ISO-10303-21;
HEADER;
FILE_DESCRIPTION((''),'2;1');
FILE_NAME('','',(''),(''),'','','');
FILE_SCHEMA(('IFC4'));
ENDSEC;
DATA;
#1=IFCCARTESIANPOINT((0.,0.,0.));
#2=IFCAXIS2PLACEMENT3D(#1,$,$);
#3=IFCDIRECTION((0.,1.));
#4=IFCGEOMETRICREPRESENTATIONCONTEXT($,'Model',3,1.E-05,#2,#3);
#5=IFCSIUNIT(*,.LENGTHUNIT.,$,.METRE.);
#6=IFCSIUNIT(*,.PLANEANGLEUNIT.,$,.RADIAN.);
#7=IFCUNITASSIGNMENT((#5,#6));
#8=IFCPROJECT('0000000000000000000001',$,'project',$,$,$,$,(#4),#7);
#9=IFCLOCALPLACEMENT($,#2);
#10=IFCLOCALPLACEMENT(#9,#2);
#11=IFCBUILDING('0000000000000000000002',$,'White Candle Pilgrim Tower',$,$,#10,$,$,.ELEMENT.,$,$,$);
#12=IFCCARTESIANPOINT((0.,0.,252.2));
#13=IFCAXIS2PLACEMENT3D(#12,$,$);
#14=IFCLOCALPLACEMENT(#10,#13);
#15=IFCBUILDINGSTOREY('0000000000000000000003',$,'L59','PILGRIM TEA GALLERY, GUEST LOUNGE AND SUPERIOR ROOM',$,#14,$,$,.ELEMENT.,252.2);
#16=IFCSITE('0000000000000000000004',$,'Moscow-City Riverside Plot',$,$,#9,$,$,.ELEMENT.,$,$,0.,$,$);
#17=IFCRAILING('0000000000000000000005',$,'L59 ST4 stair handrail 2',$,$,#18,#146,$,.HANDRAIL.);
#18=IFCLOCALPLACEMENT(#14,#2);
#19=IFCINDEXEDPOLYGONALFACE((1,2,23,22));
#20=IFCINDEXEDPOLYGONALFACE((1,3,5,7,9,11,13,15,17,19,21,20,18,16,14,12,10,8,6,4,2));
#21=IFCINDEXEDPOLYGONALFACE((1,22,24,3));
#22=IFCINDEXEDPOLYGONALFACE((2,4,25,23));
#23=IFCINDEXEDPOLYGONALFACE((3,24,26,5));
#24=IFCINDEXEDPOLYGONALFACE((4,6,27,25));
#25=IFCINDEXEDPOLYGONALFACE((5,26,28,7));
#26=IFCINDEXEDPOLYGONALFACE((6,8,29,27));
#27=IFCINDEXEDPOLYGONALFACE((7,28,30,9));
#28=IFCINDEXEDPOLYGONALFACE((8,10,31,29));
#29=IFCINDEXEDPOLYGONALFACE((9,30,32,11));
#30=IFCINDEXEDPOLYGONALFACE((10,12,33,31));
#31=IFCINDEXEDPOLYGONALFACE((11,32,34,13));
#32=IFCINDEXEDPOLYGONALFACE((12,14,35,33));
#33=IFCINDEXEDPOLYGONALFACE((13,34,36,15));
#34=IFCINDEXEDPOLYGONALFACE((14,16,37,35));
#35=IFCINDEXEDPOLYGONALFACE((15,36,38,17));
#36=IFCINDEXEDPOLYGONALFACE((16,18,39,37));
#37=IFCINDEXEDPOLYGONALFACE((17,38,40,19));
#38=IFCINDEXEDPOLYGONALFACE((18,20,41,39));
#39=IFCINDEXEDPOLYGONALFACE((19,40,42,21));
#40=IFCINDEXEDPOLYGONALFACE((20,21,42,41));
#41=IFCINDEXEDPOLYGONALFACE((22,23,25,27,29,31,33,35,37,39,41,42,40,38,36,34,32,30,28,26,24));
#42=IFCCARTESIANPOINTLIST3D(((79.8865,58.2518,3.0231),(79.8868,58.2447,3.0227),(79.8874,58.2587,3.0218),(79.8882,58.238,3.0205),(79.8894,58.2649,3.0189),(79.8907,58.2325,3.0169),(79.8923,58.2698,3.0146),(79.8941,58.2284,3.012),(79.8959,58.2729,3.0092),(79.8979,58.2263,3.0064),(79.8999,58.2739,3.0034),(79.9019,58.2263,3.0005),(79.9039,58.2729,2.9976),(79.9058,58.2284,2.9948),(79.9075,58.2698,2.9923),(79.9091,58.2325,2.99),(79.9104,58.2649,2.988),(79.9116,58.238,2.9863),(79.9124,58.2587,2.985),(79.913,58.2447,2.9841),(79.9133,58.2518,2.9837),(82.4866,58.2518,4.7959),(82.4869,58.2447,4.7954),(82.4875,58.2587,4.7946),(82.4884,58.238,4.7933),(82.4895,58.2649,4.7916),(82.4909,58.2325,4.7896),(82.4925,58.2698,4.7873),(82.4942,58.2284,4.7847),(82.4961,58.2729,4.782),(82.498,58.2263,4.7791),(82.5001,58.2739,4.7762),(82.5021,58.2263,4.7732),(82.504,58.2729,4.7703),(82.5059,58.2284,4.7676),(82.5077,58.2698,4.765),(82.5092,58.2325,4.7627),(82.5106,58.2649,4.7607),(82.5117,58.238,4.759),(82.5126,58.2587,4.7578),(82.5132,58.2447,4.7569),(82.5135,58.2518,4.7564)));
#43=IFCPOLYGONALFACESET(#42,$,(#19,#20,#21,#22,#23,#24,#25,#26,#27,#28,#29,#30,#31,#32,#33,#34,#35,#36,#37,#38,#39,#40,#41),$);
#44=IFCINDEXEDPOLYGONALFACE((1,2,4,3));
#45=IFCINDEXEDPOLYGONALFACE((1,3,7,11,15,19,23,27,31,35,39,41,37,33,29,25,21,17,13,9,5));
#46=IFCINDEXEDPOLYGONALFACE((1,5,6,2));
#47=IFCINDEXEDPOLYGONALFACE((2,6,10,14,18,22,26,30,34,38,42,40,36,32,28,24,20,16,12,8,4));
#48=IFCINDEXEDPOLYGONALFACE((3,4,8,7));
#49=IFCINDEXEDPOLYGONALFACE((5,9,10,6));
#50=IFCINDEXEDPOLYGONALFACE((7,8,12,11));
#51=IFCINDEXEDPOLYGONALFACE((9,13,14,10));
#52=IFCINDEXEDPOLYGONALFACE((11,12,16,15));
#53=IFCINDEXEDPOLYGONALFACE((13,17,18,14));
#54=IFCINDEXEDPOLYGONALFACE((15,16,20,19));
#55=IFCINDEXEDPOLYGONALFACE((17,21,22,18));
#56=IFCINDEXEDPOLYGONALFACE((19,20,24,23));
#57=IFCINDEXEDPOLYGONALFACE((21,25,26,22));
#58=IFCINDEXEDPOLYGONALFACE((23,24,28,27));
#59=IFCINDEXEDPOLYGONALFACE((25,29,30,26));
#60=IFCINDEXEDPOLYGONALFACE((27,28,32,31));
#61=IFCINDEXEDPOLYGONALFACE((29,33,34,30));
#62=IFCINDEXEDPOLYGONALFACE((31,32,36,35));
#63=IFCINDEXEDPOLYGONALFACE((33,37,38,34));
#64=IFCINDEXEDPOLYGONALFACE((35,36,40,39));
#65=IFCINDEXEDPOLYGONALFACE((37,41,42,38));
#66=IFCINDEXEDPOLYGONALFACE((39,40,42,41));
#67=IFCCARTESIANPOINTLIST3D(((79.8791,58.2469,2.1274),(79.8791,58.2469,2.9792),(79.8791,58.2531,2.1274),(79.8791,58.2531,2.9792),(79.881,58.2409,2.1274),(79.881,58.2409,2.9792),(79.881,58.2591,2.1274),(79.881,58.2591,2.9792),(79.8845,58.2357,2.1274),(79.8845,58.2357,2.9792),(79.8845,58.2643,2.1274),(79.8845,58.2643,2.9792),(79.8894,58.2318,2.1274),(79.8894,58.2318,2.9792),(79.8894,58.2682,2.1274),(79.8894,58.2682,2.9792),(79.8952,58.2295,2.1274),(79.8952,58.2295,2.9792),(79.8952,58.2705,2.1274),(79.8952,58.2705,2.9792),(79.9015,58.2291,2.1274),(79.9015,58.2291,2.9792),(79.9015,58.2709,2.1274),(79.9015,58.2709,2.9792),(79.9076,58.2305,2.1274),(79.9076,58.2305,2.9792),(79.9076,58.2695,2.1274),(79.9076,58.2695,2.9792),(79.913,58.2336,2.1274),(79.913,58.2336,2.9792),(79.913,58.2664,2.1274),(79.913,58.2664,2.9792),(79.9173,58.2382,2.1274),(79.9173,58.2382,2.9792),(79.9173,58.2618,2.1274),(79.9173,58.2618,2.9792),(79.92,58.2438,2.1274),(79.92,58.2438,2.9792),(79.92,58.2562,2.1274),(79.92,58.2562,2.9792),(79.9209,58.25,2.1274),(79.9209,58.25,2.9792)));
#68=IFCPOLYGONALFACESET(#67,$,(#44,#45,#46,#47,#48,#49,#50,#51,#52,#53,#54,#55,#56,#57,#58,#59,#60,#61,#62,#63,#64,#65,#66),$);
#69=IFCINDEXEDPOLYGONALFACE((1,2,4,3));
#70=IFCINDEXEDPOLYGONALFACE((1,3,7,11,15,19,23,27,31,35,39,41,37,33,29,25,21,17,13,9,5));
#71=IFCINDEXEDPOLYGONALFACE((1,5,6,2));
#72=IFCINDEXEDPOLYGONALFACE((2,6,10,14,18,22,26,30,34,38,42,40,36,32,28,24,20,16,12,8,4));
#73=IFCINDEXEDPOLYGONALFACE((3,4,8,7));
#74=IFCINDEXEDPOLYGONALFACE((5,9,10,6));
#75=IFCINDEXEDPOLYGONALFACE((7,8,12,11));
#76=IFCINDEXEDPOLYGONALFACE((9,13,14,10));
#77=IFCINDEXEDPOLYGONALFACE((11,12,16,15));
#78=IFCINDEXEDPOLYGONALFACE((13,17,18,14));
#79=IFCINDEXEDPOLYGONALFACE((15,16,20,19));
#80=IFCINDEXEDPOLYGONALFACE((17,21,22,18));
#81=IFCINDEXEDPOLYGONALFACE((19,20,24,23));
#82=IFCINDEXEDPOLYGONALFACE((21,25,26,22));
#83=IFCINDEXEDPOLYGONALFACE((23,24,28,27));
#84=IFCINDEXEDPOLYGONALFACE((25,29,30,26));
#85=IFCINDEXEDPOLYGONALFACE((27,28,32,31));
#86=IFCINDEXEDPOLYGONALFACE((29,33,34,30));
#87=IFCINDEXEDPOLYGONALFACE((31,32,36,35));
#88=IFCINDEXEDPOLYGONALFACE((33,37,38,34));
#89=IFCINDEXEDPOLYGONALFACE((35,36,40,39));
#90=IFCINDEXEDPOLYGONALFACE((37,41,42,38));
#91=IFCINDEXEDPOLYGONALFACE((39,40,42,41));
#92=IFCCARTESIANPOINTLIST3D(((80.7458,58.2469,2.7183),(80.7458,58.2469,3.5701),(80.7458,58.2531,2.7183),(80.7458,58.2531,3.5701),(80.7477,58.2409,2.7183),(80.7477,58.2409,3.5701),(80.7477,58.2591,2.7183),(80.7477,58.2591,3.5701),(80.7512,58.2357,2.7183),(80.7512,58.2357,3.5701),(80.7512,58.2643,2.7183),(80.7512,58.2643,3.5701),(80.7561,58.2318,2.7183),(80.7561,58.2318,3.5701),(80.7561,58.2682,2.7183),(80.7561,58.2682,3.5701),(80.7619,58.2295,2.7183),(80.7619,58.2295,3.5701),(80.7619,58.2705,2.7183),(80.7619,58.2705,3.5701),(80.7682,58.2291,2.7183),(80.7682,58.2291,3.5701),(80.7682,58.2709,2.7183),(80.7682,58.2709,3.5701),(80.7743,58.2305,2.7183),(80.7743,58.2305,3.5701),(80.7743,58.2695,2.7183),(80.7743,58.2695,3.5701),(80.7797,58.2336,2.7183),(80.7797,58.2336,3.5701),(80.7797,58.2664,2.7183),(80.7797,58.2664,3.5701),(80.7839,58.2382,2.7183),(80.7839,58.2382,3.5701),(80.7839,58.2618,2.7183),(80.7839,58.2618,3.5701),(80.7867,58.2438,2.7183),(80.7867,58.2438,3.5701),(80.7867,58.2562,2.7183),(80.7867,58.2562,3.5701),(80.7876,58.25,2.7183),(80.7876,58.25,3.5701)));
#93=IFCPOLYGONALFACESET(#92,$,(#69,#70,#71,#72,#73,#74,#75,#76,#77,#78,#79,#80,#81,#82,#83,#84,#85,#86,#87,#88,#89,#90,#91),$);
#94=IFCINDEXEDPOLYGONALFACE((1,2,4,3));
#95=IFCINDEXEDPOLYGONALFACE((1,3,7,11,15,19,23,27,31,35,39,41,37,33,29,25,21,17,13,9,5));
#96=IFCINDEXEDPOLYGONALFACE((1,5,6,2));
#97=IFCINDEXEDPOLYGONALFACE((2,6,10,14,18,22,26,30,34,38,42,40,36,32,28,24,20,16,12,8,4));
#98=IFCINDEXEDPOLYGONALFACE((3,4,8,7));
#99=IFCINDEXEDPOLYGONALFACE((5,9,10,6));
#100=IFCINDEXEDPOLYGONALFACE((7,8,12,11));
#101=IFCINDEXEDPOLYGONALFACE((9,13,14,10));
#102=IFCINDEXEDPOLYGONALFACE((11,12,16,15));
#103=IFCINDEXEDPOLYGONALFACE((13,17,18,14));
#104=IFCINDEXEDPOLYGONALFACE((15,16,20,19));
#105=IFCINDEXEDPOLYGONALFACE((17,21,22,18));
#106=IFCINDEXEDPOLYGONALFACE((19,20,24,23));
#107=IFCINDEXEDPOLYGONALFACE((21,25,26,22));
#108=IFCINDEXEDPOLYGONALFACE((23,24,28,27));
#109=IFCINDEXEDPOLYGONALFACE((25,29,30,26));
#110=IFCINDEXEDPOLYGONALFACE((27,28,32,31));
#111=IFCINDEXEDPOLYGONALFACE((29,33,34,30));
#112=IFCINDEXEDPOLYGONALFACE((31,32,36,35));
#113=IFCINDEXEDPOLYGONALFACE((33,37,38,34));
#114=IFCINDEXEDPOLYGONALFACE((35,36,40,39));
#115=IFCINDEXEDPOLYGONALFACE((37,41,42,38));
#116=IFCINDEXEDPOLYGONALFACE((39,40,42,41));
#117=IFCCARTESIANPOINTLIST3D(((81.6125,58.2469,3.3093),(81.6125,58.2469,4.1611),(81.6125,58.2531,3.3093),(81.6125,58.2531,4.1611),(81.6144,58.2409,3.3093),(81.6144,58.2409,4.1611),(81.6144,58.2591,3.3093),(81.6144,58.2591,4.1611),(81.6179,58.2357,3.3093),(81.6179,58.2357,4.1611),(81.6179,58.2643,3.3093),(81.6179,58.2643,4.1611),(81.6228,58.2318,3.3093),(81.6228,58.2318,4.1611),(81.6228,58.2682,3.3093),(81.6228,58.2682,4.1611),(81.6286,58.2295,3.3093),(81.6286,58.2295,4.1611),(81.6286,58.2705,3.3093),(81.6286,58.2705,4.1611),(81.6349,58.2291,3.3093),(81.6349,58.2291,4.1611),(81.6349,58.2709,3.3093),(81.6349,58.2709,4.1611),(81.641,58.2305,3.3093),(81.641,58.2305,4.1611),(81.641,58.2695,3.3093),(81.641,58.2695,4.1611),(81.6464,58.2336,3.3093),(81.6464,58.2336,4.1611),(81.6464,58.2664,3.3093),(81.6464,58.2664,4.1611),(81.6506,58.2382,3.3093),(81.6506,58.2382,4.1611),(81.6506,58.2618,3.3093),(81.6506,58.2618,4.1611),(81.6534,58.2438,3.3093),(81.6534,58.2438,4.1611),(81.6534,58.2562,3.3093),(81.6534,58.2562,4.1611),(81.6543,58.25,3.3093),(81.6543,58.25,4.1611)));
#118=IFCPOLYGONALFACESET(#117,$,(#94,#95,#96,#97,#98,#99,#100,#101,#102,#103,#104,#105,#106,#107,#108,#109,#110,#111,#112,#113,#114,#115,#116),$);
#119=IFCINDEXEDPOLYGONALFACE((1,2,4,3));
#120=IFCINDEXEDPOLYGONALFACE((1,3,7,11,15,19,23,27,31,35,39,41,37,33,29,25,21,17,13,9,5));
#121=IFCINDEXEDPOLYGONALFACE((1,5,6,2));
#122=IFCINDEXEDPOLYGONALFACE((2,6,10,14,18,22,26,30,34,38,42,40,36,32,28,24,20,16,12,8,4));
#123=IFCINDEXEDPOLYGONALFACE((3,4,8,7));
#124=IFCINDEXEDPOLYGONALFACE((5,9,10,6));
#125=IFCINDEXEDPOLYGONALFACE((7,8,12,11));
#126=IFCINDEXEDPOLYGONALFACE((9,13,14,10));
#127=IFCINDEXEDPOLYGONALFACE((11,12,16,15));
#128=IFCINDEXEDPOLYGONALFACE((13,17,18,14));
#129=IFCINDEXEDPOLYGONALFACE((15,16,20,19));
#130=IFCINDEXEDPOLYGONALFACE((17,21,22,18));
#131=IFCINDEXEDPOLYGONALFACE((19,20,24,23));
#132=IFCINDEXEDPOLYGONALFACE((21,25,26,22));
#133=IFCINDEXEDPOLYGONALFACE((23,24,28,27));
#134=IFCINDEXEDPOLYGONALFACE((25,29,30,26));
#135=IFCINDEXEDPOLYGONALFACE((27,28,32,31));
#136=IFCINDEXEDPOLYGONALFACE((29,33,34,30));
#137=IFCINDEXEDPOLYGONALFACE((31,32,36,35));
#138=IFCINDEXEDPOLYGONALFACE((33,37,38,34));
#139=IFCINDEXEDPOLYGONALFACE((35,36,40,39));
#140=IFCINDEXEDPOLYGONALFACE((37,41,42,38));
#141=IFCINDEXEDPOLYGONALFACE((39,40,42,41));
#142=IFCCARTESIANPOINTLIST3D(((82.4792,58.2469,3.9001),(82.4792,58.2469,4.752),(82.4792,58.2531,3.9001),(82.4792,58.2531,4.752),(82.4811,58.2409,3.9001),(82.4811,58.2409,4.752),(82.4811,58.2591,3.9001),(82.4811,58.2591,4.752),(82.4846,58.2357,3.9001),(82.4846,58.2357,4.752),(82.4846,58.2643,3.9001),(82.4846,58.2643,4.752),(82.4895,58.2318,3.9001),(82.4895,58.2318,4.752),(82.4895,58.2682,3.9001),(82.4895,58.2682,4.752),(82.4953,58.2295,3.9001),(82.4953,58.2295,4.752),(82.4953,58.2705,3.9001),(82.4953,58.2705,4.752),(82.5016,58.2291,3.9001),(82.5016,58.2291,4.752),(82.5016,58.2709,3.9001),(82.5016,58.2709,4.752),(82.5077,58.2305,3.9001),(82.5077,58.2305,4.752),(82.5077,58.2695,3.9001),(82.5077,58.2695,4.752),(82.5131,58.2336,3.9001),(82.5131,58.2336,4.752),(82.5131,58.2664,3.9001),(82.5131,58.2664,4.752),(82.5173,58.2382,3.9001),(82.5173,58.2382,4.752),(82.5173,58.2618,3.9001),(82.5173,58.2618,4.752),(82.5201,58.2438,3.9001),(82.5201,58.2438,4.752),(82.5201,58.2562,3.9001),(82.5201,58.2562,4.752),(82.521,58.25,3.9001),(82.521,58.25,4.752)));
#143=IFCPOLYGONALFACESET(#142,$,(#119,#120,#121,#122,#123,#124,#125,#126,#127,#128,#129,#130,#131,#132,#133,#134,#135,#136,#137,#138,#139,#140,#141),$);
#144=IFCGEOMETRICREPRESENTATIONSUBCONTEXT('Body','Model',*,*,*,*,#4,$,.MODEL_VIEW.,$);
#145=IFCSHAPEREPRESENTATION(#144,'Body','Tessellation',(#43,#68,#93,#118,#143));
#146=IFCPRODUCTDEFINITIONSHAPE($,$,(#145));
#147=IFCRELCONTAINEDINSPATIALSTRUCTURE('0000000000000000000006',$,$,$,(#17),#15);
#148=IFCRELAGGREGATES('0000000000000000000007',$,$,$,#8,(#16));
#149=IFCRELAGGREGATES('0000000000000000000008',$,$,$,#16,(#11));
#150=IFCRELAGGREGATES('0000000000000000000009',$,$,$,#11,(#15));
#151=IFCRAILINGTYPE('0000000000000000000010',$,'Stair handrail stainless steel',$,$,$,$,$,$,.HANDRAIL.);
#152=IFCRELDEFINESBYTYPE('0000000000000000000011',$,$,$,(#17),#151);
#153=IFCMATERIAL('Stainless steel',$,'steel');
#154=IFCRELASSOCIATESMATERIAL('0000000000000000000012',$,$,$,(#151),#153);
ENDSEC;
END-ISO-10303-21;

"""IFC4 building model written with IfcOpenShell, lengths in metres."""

from ifc_helpers import new_model, si_unit, direction, frame, origin, origin_2d, place, context, subcontext, project, spatial, circle, extrude, material, type_object, element, save


model = new_model("IFC4")

# Units and contexts
model_context = context("Model", 3, precision=1e-05, world=origin(), true_north=direction((0.0, 1.0)))
body_context = subcontext(model_context, "Body", "Model", "MODEL_VIEW")
ifc_project = project(units=[si_unit("LENGTHUNIT", "METRE"), si_unit("PLANEANGLEUNIT", "RADIAN")], contexts=[model_context])

# Site, building, storey
site_placement = place(None, origin())
site = spatial("IfcSite", under=ifc_project, at=site_placement, Name="Moscow-City Riverside Plot", CompositionType="ELEMENT", RefElevation=0.0)
building_placement = place(site_placement, origin())
building = spatial("IfcBuilding", under=site, at=building_placement, Name="White Candle Pilgrim Tower", CompositionType="ELEMENT")
storey_placement = place(building_placement, frame((0.0, 0.0, 252.2)))
storey = spatial("IfcBuildingStorey", under=building, at=storey_placement, Name="L59", Description="PILGRIM TEA GALLERY, GUEST LOUNGE AND SUPERIOR ROOM", CompositionType="ELEMENT", Elevation=252.2)

# Railing
ifc_material_1 = material(Name="Stainless steel", Category="steel")
railing_type_1 = type_object("IfcRailingType", Name="Stair handrail stainless steel", PredefinedType="HANDRAIL", material=ifc_material_1)
railing_1_placement = place(storey_placement, frame((79.8999, 58.25, 2.1274)))
element("IfcRailing", 1, at=railing_1_placement, inside=storey, type_object=railing_type_1, Name="L59 ST4 stair handrail 2", PredefinedType="HANDRAIL", context=body_context, shape_type="SweptSolid", body=[
    extrude(circle(Radius=0.0239, at=origin_2d()), frame((0.0, 0.0, 0.876), z_axis=(0.82624, 0.0, 0.563318), x_axis=(0.0, 1.0, 0.0)), (0.0, 0.0, 1.0), 3.147),
    extrude(circle(Radius=0.021, at=origin_2d()), origin(), (0.0, 0.0, 1.0), 0.8518),
    extrude(circle(Radius=0.021, at=origin_2d()), frame((0.8667, 0.0, 0.5908)), (0.0, 0.0, 1.0), 0.8518),
    extrude(circle(Radius=0.021, at=origin_2d()), frame((1.7334, 0.0, 1.1819)), (0.0, 0.0, 1.0), 0.8518),
    extrude(circle(Radius=0.021, at=origin_2d()), frame((2.6001, 0.0, 1.7727)), (0.0, 0.0, 1.0), 0.8518),
])

save(model, "model.ifc")
